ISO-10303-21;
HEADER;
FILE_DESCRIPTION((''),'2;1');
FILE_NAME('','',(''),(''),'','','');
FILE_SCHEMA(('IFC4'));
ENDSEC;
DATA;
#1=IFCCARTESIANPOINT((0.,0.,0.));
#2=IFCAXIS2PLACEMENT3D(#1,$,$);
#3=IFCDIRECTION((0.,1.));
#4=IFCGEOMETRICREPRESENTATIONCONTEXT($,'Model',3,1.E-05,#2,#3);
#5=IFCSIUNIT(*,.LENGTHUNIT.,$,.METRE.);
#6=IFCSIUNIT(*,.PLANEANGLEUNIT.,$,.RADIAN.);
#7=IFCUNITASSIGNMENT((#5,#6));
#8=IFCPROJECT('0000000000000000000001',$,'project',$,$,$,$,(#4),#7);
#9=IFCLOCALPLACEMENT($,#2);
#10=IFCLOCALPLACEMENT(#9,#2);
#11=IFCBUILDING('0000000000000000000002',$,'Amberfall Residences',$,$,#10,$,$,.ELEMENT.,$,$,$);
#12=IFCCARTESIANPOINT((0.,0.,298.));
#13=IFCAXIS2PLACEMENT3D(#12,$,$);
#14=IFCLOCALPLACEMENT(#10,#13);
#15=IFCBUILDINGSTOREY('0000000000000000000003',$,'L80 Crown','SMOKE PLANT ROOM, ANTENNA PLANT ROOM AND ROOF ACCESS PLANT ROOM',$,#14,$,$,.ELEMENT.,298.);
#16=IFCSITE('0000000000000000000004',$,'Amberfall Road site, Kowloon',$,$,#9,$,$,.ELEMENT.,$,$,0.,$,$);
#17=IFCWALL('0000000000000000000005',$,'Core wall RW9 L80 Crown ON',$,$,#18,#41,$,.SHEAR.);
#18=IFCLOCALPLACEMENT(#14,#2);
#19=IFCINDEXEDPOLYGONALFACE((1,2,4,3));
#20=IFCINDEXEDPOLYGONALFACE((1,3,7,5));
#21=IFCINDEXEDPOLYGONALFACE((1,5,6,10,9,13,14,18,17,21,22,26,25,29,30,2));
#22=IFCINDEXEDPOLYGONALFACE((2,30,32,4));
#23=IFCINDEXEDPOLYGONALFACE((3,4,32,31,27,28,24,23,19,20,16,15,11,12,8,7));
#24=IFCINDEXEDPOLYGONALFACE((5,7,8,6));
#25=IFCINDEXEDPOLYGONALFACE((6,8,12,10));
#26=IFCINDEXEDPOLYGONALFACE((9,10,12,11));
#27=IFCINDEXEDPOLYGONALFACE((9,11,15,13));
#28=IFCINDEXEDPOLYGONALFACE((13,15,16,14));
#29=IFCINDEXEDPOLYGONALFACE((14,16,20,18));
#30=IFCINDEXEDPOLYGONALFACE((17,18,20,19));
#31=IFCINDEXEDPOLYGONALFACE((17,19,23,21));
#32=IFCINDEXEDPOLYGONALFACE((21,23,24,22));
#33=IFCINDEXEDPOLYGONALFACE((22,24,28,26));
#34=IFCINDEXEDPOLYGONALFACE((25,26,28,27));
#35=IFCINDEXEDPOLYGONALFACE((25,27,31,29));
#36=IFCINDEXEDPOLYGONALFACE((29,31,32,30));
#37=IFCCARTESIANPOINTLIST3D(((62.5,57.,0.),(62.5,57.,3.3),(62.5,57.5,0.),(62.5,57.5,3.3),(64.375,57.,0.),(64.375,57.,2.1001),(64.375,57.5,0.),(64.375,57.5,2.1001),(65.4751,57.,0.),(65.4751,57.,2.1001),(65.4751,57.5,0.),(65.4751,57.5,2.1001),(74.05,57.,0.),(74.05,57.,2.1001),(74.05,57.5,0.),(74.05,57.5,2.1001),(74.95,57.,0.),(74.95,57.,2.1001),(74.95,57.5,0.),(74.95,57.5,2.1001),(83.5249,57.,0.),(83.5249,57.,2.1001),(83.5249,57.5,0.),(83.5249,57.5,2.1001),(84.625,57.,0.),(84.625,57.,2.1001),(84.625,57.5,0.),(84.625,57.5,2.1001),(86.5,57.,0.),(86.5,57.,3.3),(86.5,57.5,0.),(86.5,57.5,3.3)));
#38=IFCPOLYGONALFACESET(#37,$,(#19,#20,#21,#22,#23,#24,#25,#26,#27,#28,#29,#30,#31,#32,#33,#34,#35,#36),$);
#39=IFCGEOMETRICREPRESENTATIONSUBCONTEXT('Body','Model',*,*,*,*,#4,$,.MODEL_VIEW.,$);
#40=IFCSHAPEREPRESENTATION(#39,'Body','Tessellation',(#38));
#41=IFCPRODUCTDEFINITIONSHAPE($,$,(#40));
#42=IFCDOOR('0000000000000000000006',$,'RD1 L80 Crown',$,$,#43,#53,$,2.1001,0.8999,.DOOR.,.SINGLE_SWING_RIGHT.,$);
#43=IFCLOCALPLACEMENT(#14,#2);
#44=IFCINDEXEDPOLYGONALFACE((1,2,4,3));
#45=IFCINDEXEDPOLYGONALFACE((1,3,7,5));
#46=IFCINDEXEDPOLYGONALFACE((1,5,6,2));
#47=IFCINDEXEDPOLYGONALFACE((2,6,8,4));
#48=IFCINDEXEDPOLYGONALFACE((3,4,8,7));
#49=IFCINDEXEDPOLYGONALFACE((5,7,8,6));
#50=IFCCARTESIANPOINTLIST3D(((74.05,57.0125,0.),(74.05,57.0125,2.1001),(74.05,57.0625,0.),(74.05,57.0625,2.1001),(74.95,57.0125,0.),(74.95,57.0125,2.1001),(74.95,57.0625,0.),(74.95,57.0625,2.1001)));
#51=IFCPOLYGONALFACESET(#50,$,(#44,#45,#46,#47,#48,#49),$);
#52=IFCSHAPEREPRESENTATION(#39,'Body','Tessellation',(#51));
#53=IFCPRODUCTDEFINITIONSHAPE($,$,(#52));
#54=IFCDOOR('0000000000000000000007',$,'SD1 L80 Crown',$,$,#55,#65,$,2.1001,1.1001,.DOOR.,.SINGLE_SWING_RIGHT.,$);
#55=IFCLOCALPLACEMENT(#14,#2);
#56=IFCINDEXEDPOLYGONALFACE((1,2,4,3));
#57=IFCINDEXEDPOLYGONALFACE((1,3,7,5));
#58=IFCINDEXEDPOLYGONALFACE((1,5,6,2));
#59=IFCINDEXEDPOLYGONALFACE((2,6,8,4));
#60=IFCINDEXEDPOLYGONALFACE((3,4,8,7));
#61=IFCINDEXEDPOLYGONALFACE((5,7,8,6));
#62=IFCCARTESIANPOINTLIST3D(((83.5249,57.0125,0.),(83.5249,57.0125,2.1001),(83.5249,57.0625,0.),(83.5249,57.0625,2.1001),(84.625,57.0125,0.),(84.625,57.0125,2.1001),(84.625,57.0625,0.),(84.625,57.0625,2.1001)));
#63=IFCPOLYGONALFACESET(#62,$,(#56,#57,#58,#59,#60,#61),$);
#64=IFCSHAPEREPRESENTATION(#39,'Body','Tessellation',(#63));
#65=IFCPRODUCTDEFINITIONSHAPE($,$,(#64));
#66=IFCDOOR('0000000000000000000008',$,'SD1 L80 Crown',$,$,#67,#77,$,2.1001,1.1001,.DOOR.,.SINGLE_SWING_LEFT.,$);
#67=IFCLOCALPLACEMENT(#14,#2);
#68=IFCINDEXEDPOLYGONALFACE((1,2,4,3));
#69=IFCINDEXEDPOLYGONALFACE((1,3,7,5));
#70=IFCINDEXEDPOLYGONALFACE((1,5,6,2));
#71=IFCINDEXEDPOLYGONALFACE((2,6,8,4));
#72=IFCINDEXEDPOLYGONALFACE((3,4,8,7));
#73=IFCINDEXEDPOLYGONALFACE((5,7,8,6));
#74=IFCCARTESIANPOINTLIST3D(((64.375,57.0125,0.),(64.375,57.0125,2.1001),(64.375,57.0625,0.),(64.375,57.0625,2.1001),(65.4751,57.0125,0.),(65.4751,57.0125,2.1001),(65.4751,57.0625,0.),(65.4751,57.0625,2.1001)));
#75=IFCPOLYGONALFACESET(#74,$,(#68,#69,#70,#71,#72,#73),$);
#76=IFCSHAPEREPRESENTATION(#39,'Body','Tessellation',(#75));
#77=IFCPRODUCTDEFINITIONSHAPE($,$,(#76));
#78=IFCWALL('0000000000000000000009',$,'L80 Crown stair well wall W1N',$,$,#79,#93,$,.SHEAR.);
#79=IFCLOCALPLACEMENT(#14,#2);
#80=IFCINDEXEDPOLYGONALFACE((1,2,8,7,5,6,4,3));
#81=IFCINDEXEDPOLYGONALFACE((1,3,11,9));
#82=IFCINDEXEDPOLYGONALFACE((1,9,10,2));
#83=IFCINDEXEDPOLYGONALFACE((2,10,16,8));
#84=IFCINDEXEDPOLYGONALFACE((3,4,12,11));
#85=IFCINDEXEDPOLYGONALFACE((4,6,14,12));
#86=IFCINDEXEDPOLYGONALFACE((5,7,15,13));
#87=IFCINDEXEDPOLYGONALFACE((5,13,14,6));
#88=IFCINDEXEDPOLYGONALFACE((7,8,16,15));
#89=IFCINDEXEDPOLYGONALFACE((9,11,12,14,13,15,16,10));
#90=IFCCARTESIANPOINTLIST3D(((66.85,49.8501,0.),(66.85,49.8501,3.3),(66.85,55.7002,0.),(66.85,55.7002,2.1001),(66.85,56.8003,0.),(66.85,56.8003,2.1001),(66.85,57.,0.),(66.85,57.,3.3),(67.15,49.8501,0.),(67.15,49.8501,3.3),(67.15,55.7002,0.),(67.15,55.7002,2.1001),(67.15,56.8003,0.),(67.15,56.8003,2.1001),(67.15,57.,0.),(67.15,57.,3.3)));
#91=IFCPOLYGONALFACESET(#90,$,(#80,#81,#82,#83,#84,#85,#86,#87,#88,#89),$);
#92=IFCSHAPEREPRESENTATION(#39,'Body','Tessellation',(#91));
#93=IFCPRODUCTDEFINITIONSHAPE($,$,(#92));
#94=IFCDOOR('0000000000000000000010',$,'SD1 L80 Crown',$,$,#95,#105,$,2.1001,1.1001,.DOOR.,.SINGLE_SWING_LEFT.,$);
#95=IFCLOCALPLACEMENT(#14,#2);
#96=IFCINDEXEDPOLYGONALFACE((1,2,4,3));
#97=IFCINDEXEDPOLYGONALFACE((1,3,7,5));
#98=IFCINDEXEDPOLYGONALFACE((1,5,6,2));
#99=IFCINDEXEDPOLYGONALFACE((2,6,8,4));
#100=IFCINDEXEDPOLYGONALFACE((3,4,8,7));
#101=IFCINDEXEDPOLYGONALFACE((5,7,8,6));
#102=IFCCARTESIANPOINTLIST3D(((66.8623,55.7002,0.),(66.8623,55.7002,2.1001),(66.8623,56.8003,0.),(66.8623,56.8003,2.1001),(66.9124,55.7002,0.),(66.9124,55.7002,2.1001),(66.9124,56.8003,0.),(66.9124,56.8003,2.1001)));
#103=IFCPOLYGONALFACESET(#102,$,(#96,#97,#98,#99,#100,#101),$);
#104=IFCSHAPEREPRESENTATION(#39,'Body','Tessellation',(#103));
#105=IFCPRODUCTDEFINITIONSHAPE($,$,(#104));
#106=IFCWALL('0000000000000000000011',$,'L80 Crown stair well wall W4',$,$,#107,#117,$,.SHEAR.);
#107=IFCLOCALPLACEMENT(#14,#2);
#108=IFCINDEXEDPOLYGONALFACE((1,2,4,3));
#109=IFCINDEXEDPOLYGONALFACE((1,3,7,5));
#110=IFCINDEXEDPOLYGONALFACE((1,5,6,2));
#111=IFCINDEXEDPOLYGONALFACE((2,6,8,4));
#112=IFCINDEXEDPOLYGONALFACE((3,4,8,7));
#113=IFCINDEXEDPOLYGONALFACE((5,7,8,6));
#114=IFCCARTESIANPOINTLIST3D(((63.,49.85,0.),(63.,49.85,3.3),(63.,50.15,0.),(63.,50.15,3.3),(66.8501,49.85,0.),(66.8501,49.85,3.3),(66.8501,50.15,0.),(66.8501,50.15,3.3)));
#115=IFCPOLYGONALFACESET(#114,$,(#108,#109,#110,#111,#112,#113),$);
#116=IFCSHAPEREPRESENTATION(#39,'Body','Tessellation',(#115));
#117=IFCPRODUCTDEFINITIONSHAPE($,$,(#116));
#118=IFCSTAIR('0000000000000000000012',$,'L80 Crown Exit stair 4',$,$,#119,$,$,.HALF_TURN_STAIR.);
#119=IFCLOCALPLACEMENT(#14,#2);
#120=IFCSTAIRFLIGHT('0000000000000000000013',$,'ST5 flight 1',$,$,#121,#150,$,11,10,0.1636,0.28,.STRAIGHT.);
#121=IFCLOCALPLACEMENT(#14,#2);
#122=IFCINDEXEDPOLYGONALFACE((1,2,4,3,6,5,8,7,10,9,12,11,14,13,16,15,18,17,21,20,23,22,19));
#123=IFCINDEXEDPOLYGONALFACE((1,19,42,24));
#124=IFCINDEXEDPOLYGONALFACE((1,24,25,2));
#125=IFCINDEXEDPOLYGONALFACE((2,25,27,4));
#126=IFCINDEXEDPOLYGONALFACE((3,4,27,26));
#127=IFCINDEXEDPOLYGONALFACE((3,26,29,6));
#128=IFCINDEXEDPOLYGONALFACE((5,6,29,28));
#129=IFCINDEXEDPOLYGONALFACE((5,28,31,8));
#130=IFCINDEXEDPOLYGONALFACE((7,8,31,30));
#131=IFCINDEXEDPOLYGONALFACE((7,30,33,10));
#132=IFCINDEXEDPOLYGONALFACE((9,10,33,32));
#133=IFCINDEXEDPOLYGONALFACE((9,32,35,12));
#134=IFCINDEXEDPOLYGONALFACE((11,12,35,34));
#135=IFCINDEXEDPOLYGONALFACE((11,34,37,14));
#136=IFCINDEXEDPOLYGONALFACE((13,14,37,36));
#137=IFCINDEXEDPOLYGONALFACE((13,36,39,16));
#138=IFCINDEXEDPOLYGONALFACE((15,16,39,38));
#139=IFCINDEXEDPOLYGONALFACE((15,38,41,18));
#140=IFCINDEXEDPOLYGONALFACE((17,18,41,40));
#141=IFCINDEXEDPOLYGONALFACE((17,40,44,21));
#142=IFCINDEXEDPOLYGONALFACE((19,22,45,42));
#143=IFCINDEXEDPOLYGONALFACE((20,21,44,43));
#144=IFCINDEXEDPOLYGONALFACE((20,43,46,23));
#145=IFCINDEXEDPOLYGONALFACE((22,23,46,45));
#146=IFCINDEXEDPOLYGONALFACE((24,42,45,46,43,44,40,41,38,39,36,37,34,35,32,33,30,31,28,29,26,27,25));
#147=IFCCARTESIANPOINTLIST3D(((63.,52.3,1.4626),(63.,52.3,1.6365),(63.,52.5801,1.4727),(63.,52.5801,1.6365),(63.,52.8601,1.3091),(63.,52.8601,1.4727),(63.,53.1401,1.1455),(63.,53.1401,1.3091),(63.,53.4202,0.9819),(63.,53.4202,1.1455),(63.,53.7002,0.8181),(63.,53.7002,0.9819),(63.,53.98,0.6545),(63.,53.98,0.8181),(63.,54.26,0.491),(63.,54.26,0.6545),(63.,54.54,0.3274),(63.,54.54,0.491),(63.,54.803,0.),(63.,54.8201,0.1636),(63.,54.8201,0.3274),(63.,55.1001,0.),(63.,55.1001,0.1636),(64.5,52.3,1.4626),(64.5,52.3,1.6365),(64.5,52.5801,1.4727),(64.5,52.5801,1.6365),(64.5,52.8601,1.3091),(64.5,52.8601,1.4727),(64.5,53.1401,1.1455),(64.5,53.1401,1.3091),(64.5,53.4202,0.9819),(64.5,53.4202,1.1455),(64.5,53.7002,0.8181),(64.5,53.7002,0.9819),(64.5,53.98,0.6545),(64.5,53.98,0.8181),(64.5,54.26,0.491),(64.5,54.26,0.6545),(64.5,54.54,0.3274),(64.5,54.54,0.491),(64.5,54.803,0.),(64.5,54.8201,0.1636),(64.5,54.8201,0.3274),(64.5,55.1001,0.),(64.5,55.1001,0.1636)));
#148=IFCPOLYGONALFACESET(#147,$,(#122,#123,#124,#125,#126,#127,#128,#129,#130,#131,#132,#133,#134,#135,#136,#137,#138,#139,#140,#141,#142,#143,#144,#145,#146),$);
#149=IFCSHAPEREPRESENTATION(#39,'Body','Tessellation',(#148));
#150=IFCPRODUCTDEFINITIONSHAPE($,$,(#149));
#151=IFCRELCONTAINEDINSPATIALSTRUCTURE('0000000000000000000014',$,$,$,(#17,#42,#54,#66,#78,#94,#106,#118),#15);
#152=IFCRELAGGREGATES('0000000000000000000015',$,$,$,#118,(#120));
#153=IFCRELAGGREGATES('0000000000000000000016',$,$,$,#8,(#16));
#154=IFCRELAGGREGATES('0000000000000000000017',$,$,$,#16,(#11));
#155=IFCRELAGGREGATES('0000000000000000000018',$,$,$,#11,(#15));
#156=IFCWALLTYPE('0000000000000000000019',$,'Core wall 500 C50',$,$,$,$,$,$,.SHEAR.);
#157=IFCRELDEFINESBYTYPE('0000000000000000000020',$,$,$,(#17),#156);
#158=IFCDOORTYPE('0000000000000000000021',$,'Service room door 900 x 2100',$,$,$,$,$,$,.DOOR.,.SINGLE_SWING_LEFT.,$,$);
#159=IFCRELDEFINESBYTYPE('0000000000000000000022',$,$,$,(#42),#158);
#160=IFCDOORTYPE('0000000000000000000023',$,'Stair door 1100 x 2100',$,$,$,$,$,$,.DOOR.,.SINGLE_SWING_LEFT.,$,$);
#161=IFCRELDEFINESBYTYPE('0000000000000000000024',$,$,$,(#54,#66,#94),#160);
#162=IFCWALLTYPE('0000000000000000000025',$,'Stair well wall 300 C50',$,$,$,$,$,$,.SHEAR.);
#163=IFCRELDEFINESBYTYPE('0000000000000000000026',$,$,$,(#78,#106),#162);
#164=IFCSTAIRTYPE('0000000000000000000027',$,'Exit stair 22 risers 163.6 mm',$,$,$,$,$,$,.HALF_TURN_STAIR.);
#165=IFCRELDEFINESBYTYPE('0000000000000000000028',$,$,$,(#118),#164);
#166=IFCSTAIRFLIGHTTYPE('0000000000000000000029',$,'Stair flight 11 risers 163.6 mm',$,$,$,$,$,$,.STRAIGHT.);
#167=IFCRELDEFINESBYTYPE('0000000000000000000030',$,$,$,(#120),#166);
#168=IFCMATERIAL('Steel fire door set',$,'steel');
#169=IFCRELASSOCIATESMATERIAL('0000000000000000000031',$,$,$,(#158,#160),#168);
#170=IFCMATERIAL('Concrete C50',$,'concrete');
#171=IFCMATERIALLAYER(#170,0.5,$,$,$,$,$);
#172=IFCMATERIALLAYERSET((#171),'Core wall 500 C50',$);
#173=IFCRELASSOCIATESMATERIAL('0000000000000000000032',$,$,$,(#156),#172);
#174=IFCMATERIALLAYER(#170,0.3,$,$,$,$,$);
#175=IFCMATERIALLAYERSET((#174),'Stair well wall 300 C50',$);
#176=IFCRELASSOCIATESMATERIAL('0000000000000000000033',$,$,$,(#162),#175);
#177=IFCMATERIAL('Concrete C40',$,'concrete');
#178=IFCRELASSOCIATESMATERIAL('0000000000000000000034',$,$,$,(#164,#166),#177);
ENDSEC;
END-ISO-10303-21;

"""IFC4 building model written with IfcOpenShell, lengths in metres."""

from ifc_helpers import new_model, si_unit, direction, frame, frame_2d, origin, place, context, subcontext, project, spatial, polyline, rectangle, outline, extrude, material, layer, layer_set, type_object, element, fill, aggregate, save


model = new_model("IFC4")

# Units and contexts
model_context = context("Model", 3, precision=1e-05, world=origin(), true_north=direction((0.0, 1.0)))
body_context = subcontext(model_context, "Body", "Model", "MODEL_VIEW")
ifc_project = project(units=[si_unit("LENGTHUNIT", "METRE"), si_unit("PLANEANGLEUNIT", "RADIAN")], contexts=[model_context])

# Site, building, storey
site_placement = place(None, origin())
site = spatial("IfcSite", under=ifc_project, at=site_placement, Name="Amberfall Road site, Kowloon", CompositionType="ELEMENT", RefElevation=0.0)
building_placement = place(site_placement, origin())
building = spatial("IfcBuilding", under=site, at=building_placement, Name="Amberfall Residences", CompositionType="ELEMENT")
storey_placement = place(building_placement, frame((0.0, 0.0, 298.0)))
storey = spatial("IfcBuildingStorey", under=building, at=storey_placement, Name="L80 Crown", Description="SMOKE PLANT ROOM, ANTENNA PLANT ROOM AND ROOF ACCESS PLANT ROOM", CompositionType="ELEMENT", Elevation=298.0)

# Shared definitions
ifc_material_1 = material(Name="Concrete C50", Category="concrete")

# Shared definitions
ifc_material_2 = material(Name="Steel fire door set", Category="steel")
door_type_1 = type_object("IfcDoorType", Name="Service room door 900 x 2100", OperationType="SINGLE_SWING_LEFT", PredefinedType="DOOR", material=ifc_material_2)

# Wall, openings, doors
ifc_layer_1 = layer(ifc_material_1, 0.5)
ifc_layer_set_1 = layer_set([ifc_layer_1], Name="Core wall 500 C50")
wall_type_1 = type_object("IfcWallType", Name="Core wall 500 C50", PredefinedType="SHEAR", material=ifc_layer_set_1)
wall_1_placement = place(storey_placement, frame((62.5, 57.25, 0.0), z_axis=(0.0, 0.0, 1.0), x_axis=(1.0, 0.0, 0.0)))
wall_1 = element("IfcWall", 1, at=wall_1_placement, inside=storey, type_object=wall_type_1, Name="Core wall RW9 L80 Crown ON", PredefinedType="SHEAR", context=body_context, shape_type="SweptSolid", body=[
    extrude(rectangle(XDim=24.0, YDim=0.5, at=frame_2d((12.0, 0.0))), origin(), (0.0, 0.0, 1.0), 3.3),
])
opening_1_placement = place(wall_1_placement, frame((21.0249, 0.0, 0.0)))
opening_1 = element("IfcOpeningElement", 2, at=opening_1_placement, cuts=wall_1, PredefinedType="OPENING", context=body_context, shape_type="SweptSolid", body=[
    extrude(rectangle(XDim=1.1001, YDim=2.1001, at=frame_2d((0.55, 1.05))), frame((0.0, 0.26, 0.0), z_axis=(0.0, -1.0, 0.0), x_axis=(1.0, 0.0, 0.0)), (0.0, 0.0, 1.0), 0.52),
])
opening_2_placement = place(wall_1_placement, frame((1.875, 0.0, 0.0)))
opening_2 = element("IfcOpeningElement", 3, at=opening_2_placement, cuts=wall_1, PredefinedType="OPENING", context=body_context, shape_type="SweptSolid", body=[
    extrude(rectangle(XDim=1.1001, YDim=2.1001, at=frame_2d((0.55, 1.05))), frame((0.0, 0.26, 0.0), z_axis=(0.0, -1.0, 0.0), x_axis=(1.0, 0.0, 0.0)), (0.0, 0.0, 1.0), 0.52),
])
opening_3_placement = place(wall_1_placement, frame((11.55, 0.0, 0.0)))
opening_3 = element("IfcOpeningElement", 4, at=opening_3_placement, cuts=wall_1, PredefinedType="OPENING", context=body_context, shape_type="SweptSolid", body=[
    extrude(rectangle(XDim=0.8999, YDim=2.1001, at=frame_2d((0.45, 1.05))), frame((0.0, 0.26, 0.0), z_axis=(0.0, -1.0, 0.0), x_axis=(1.0, 0.0, 0.0)), (0.0, 0.0, 1.0), 0.52),
])
door_1_placement = place(opening_3_placement, origin())
door_1 = element("IfcDoor", 5, at=door_1_placement, inside=storey, type_object=door_type_1, Name="RD1 L80 Crown", OperationType="SINGLE_SWING_RIGHT", OverallHeight=2.1001, OverallWidth=0.8999, PredefinedType="DOOR", context=body_context, shape_type="SweptSolid", body=[
    extrude(rectangle(XDim=0.8999, YDim=2.1001, at=frame_2d((0.45, 1.05))), frame((0.0, -0.1875, 0.0), z_axis=(0.0, -1.0, 0.0), x_axis=(1.0, 0.0, 0.0)), (0.0, 0.0, 1.0), 0.05),
])
fill(opening_3, door_1)
door_type_2 = type_object("IfcDoorType", Name="Stair door 1100 x 2100", OperationType="SINGLE_SWING_LEFT", PredefinedType="DOOR", material=ifc_material_2)
door_2_placement = place(opening_1_placement, origin())
door_2 = element("IfcDoor", 6, at=door_2_placement, inside=storey, type_object=door_type_2, Name="SD1 L80 Crown", OperationType="SINGLE_SWING_RIGHT", OverallHeight=2.1001, OverallWidth=1.1001, PredefinedType="DOOR", context=body_context, shape_type="SweptSolid", body=[
    extrude(rectangle(XDim=1.1001, YDim=2.1001, at=frame_2d((0.55, 1.05))), frame((0.0, -0.1875, 0.0), z_axis=(0.0, -1.0, 0.0), x_axis=(1.0, 0.0, 0.0)), (0.0, 0.0, 1.0), 0.05),
])
fill(opening_1, door_2)
door_3_placement = place(opening_2_placement, origin())
door_3 = element("IfcDoor", 7, at=door_3_placement, inside=storey, type_object=door_type_2, Name="SD1 L80 Crown", OperationType="SINGLE_SWING_LEFT", OverallHeight=2.1001, OverallWidth=1.1001, PredefinedType="DOOR", context=body_context, shape_type="SweptSolid", body=[
    extrude(rectangle(XDim=1.1001, YDim=2.1001, at=frame_2d((0.55, 1.05))), frame((0.0, -0.1875, 0.0), z_axis=(0.0, -1.0, 0.0), x_axis=(1.0, 0.0, 0.0)), (0.0, 0.0, 1.0), 0.05),
])
fill(opening_2, door_3)

# Wall, opening, door
ifc_layer_2 = layer(ifc_material_1, 0.3)
ifc_layer_set_2 = layer_set([ifc_layer_2], Name="Stair well wall 300 C50")
wall_type_2 = type_object("IfcWallType", Name="Stair well wall 300 C50", PredefinedType="SHEAR", material=ifc_layer_set_2)
wall_2_placement = place(storey_placement, frame((67.0, 49.8501, 0.0), z_axis=(0.0, 0.0, 1.0), x_axis=(0.0, 1.0, 0.0)))
wall_2 = element("IfcWall", 8, at=wall_2_placement, inside=storey, type_object=wall_type_2, Name="L80 Crown stair well wall W1N", PredefinedType="SHEAR", context=body_context, shape_type="SweptSolid", body=[
    extrude(rectangle(XDim=7.1499, YDim=0.3, at=frame_2d((3.575, 0.0))), origin(), (0.0, 0.0, 1.0), 3.3),
])
opening_4_placement = place(wall_2_placement, frame((5.8501, 0.0, 0.0)))
opening_4 = element("IfcOpeningElement", 9, at=opening_4_placement, cuts=wall_2, PredefinedType="OPENING", context=body_context, shape_type="SweptSolid", body=[
    extrude(rectangle(XDim=1.1001, YDim=2.1001, at=frame_2d((0.55, 1.05))), frame((0.0, 0.1599, 0.0), z_axis=(0.0, -1.0, 0.0), x_axis=(1.0, 0.0, 0.0)), (0.0, 0.0, 1.0), 0.3201),
])
door_4_placement = place(opening_4_placement, origin())
door_4 = element("IfcDoor", 10, at=door_4_placement, inside=storey, type_object=door_type_2, Name="SD1 L80 Crown", OperationType="SINGLE_SWING_LEFT", OverallHeight=2.1001, OverallWidth=1.1001, PredefinedType="DOOR", context=body_context, shape_type="SweptSolid", body=[
    extrude(rectangle(XDim=1.1001, YDim=2.1001, at=frame_2d((0.55, 1.05))), frame((0.0, 0.1377, 0.0), z_axis=(0.0, -1.0, 0.0), x_axis=(1.0, 0.0, 0.0)), (0.0, 0.0, 1.0), 0.05),
])
fill(opening_4, door_4)

# Wall
wall_3_placement = place(storey_placement, frame((63.0, 50.0, 0.0), z_axis=(0.0, 0.0, 1.0), x_axis=(1.0, 0.0, 0.0)))
element("IfcWall", 11, at=wall_3_placement, inside=storey, type_object=wall_type_2, Name="L80 Crown stair well wall W4", PredefinedType="SHEAR", context=body_context, shape_type="SweptSolid", body=[
    extrude(rectangle(XDim=3.8501, YDim=0.3, at=frame_2d((1.925, 0.0))), origin(), (0.0, 0.0, 1.0), 3.3),
])

# Stair, stair flight
ifc_material_3 = material(Name="Concrete C40", Category="concrete")
stair_type = type_object("IfcStairType", Name="Exit stair 22 risers 163.6 mm", PredefinedType="HALF_TURN_STAIR", material=ifc_material_3)
stair_placement = place(storey_placement, origin())
stair = element("IfcStair", 12, at=stair_placement, inside=storey, type_object=stair_type, Name="L80 Crown Exit stair 4", PredefinedType="HALF_TURN_STAIR")
stair_flight_type = type_object("IfcStairFlightType", Name="Stair flight 11 risers 163.6 mm", PredefinedType="STRAIGHT", material=ifc_material_3)
stair_flight_1_placement = place(storey_placement, frame((63.75, 55.1001, 0.0), z_axis=(0.0, 0.0, 1.0), x_axis=(0.0, -1.0, 0.0)))
stair_flight_1 = element("IfcStairFlight", 13, at=stair_flight_1_placement, type_object=stair_flight_type, Name="ST5 flight 1", NumberOfRisers=11, NumberOfTreads=10, PredefinedType="STRAIGHT", RiserHeight=0.1636, TreadLength=0.28, context=body_context, shape_type="SweptSolid", body=[
    extrude(outline(polyline([(0.0, 0.0), (0.0, 0.1636), (0.28, 0.1636), (0.28, 0.3274), (0.5601, 0.3274), (0.5601, 0.491), (0.8401, 0.491), (0.8401, 0.6545), (1.1201, 0.6545), (1.1201, 0.8181), (1.3999, 0.8181), (1.3999, 0.9819), (1.6799, 0.9819), (1.6799, 1.1455), (1.96, 1.1455), (1.96, 1.3091), (2.24, 1.3091), (2.24, 1.4727), (2.52, 1.4727), (2.52, 1.6365), (2.8, 1.6365), (2.8, 1.8), (2.8, 1.4626), (0.2971, 0.0), (0.0, 0.0)])), frame((0.0, 0.75, 0.0), z_axis=(0.0, -1.0, 0.0), x_axis=(1.0, 0.0, 0.0)), (0.0, 0.0, 1.0), 1.5),
])
aggregate(stair, [stair_flight_1])

save(model, "model.ifc")
